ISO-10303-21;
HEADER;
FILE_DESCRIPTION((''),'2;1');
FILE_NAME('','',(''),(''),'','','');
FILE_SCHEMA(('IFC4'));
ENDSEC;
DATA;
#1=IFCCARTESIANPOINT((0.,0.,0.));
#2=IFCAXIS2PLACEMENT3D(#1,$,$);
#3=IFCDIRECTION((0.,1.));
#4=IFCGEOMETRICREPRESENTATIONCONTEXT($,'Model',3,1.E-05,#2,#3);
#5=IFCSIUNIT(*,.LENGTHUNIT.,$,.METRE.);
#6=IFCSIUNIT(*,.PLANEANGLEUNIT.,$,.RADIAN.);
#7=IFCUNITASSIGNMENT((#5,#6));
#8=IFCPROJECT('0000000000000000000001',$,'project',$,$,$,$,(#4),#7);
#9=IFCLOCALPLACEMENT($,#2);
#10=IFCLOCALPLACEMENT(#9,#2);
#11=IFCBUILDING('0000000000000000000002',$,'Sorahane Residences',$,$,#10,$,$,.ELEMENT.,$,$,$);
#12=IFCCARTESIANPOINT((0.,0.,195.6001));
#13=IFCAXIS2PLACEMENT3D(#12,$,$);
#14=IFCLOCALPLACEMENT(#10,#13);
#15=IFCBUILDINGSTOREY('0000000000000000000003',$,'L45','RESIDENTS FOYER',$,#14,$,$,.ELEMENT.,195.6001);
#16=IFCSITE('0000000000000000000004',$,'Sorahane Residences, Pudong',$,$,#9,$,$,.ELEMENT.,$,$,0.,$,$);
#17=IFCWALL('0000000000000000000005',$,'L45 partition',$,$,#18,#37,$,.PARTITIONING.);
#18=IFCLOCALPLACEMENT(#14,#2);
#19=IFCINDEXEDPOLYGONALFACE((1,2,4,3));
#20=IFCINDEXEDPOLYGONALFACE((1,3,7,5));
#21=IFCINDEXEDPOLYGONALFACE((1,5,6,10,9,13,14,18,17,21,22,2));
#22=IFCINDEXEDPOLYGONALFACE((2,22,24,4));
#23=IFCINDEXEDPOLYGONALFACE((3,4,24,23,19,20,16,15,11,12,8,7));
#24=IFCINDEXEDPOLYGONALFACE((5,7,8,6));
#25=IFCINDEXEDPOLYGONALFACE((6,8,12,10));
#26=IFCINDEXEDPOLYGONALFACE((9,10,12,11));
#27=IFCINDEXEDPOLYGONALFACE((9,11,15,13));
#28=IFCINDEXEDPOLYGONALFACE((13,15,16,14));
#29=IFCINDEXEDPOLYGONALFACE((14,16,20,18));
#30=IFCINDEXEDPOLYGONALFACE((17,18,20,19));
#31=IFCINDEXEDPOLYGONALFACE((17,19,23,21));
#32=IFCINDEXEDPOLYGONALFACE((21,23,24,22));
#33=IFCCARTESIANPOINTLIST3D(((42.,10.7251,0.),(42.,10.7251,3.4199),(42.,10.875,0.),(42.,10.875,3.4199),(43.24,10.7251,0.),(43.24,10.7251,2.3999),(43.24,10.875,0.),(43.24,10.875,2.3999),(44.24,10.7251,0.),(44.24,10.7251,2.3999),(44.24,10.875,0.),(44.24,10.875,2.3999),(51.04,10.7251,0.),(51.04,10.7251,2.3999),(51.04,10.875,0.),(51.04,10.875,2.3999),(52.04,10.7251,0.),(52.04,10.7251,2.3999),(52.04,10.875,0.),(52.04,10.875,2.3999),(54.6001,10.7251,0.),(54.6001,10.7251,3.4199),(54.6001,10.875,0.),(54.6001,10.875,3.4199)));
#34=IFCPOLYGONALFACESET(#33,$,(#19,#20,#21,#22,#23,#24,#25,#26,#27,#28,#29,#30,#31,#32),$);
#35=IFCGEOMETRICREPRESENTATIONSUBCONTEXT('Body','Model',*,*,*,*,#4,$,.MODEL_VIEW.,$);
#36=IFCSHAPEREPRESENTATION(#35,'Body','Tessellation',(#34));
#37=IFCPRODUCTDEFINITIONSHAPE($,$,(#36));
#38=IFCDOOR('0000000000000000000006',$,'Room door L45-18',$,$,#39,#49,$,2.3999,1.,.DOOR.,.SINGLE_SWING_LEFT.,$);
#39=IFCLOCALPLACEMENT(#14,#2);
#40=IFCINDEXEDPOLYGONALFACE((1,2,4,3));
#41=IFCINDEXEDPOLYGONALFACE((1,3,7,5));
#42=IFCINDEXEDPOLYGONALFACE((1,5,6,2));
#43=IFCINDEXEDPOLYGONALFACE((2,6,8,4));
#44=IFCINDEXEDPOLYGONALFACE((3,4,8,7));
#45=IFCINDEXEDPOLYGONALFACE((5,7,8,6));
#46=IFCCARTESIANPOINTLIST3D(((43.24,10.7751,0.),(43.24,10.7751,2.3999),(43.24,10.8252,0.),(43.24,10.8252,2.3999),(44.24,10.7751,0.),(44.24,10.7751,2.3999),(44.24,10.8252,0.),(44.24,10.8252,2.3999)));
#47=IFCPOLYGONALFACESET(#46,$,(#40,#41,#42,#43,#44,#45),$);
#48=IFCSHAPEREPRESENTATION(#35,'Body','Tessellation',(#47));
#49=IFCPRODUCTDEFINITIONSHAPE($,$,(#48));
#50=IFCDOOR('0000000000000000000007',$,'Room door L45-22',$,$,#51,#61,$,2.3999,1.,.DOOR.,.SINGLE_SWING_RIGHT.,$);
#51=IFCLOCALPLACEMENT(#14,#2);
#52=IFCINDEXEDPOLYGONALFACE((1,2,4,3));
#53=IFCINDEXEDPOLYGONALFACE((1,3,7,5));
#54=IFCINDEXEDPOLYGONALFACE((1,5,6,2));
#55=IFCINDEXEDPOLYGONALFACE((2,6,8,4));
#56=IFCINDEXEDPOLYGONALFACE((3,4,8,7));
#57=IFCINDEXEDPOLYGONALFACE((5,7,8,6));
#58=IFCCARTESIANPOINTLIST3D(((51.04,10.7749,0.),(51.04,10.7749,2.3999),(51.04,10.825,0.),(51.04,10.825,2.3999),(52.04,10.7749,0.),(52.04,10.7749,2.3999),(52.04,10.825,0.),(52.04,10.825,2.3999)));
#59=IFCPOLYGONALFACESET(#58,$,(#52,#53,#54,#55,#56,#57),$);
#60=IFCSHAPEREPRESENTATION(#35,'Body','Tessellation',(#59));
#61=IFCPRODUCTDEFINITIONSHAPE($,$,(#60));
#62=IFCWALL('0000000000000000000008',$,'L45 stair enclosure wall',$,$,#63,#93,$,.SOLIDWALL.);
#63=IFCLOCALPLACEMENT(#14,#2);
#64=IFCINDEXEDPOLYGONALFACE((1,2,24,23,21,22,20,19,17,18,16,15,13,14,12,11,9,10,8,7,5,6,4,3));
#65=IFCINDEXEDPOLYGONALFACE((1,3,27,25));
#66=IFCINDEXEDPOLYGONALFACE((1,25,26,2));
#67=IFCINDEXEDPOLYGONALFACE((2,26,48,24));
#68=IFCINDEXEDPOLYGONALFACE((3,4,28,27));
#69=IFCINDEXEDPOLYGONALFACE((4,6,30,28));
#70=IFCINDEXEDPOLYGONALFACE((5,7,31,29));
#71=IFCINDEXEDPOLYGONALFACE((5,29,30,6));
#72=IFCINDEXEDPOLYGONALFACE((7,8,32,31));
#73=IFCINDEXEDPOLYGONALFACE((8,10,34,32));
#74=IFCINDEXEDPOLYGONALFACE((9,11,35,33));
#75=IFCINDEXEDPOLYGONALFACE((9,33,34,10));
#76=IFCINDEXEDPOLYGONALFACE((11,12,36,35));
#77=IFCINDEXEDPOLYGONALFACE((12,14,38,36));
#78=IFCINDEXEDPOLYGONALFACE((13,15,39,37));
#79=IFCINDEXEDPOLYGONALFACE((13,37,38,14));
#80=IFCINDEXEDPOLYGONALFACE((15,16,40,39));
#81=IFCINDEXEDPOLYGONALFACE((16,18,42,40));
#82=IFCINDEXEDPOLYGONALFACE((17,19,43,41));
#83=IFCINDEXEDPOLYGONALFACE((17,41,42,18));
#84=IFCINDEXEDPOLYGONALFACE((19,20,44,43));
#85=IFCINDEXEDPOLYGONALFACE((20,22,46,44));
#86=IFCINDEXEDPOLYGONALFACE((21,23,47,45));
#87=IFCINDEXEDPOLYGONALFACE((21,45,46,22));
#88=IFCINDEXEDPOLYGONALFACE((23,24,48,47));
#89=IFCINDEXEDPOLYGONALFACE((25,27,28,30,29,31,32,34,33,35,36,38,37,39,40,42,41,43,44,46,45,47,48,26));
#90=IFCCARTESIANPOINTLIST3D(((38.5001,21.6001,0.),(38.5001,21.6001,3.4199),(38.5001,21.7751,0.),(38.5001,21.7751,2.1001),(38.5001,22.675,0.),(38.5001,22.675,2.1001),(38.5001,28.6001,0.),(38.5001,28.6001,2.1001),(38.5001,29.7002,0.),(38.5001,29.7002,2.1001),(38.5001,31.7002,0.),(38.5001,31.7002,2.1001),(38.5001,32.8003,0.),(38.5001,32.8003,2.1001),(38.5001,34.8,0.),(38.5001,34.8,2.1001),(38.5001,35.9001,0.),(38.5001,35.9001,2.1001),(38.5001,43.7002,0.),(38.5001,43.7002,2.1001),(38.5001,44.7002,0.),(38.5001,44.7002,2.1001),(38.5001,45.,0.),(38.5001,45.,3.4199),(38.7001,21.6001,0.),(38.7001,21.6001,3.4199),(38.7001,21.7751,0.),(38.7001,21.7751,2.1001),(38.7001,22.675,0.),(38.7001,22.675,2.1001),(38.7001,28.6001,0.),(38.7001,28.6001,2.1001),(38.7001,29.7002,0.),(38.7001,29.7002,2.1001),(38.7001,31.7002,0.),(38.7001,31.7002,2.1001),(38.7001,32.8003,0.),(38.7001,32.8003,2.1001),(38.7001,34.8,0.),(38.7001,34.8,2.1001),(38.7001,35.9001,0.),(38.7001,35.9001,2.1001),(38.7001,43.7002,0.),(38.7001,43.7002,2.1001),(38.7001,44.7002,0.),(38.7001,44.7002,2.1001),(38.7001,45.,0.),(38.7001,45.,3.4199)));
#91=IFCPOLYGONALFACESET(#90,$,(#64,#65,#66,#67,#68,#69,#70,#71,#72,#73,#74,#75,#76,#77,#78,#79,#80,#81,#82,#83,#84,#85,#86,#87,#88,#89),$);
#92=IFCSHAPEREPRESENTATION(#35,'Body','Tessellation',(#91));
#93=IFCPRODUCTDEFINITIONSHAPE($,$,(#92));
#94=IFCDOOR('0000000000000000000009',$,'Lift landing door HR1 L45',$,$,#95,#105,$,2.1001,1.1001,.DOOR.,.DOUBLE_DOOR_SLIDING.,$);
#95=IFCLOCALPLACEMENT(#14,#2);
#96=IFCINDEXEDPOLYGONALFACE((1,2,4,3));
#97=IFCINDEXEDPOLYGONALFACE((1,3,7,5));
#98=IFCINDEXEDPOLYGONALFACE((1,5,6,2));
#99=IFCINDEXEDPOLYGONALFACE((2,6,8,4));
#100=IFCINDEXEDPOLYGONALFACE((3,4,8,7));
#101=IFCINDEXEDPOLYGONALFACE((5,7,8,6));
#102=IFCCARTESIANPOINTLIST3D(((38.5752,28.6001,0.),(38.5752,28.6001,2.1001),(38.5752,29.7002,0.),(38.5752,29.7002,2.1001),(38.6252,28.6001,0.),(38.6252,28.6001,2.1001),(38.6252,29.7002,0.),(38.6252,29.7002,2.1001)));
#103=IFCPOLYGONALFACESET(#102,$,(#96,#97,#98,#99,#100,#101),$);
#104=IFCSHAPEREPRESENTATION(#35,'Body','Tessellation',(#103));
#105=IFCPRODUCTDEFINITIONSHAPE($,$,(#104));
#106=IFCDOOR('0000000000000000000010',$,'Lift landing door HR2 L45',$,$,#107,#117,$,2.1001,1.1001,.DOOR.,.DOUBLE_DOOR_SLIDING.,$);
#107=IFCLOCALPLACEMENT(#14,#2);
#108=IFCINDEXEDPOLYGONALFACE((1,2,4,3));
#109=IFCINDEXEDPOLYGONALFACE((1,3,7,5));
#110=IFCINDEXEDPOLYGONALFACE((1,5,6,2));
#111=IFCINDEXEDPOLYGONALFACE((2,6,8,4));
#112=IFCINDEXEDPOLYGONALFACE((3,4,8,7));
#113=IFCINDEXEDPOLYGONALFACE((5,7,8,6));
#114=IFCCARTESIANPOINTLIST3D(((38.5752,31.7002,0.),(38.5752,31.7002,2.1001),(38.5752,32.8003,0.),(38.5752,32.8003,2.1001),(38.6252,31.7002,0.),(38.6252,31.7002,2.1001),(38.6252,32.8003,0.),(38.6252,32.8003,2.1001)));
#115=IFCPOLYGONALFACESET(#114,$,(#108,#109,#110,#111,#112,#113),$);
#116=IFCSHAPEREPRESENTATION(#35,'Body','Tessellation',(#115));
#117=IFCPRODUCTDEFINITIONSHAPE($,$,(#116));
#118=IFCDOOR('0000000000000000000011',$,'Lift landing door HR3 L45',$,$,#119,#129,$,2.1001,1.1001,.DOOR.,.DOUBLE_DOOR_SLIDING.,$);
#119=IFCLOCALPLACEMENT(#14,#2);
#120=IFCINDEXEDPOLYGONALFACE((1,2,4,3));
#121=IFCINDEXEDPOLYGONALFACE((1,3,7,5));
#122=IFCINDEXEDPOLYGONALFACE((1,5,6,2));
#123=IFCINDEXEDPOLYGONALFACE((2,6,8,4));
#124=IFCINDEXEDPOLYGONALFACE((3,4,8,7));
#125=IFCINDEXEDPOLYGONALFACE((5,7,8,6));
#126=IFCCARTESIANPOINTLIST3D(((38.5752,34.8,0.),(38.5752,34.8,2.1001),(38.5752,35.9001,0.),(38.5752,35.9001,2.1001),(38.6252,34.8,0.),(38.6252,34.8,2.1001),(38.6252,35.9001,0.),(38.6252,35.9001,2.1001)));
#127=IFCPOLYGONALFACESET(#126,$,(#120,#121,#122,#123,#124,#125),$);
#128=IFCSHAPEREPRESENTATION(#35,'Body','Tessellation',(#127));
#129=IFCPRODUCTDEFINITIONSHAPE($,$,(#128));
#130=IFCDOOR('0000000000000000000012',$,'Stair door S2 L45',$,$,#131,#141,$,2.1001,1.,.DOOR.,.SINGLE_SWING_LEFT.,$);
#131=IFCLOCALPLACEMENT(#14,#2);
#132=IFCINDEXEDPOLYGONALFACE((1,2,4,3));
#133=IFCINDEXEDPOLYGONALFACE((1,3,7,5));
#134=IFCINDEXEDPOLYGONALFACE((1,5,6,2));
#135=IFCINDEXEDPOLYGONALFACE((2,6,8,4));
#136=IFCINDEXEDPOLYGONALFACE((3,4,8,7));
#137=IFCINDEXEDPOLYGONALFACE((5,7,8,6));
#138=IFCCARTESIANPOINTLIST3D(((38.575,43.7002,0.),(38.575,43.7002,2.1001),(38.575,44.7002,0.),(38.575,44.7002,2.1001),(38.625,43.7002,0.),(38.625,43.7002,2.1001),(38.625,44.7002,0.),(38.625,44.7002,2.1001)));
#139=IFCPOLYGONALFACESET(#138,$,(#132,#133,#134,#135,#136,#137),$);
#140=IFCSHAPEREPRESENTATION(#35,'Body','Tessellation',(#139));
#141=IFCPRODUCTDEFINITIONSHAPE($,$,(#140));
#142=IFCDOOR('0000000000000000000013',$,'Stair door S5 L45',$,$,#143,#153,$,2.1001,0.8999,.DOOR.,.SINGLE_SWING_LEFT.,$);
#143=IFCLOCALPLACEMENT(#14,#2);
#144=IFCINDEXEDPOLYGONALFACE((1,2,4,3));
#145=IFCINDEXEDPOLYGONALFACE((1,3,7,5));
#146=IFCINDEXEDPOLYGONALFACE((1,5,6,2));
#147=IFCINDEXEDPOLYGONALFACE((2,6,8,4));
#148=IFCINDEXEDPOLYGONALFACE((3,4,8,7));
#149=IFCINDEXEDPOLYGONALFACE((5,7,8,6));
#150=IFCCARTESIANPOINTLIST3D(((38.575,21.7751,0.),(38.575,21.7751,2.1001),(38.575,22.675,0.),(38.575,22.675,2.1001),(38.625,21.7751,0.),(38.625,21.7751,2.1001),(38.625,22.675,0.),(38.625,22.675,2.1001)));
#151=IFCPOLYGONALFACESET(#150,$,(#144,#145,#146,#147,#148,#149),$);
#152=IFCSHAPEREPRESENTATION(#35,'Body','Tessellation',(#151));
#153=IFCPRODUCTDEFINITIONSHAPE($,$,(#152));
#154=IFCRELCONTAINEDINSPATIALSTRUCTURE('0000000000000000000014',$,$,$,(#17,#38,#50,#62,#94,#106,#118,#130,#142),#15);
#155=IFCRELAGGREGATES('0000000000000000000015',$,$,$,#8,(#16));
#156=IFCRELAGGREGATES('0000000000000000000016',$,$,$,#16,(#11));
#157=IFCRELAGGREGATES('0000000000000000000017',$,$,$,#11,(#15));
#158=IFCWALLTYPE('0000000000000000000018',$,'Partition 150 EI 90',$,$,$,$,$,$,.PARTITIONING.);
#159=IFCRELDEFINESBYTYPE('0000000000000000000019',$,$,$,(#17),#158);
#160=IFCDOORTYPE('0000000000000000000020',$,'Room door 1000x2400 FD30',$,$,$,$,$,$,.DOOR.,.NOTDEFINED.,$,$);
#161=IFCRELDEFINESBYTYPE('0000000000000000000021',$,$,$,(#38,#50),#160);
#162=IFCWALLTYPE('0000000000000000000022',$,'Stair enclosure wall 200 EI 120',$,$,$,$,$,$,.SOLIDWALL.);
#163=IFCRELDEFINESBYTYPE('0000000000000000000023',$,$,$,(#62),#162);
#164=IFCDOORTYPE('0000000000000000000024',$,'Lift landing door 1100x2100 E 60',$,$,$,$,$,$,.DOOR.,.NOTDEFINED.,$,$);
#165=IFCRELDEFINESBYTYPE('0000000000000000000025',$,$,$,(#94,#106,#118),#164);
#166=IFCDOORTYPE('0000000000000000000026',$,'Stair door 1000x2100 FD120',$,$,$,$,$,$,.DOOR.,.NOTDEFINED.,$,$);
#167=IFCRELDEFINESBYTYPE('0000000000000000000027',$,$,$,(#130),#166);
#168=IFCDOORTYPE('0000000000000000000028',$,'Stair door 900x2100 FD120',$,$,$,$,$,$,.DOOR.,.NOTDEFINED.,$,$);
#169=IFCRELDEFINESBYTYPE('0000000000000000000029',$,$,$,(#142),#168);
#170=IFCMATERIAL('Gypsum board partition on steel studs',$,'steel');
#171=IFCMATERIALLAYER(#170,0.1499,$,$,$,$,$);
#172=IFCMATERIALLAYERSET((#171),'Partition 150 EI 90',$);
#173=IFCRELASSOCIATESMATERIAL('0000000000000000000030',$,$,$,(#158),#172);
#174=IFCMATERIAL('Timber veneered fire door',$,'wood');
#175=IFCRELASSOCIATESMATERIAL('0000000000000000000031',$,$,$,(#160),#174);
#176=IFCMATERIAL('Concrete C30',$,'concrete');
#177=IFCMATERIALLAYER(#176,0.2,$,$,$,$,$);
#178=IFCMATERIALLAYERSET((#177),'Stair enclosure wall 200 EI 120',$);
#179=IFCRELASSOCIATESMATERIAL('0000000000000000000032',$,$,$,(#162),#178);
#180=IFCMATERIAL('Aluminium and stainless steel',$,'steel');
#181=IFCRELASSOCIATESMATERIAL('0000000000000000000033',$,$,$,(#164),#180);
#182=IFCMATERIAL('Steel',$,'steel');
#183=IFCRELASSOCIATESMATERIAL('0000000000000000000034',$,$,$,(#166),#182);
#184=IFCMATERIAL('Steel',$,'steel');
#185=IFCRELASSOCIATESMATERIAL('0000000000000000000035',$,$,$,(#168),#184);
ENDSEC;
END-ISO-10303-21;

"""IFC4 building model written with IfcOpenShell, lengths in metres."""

from ifc_helpers import new_model, si_unit, direction, frame, frame_2d, origin, place, context, subcontext, project, spatial, rectangle, extrude, material, layer, layer_set, type_object, element, fill, save


model = new_model("IFC4")

# Units and contexts
model_context = context("Model", 3, precision=1e-05, world=origin(), true_north=direction((0.0, 1.0)))
body_context = subcontext(model_context, "Body", "Model", "MODEL_VIEW")
ifc_project = project(units=[si_unit("LENGTHUNIT", "METRE"), si_unit("PLANEANGLEUNIT", "RADIAN")], contexts=[model_context])

# Site, building, storey
site_placement = place(None, origin())
site = spatial("IfcSite", under=ifc_project, at=site_placement, Name="Sorahane Residences, Pudong", CompositionType="ELEMENT", RefElevation=0.0)
building_placement = place(site_placement, origin())
building = spatial("IfcBuilding", under=site, at=building_placement, Name="Sorahane Residences", CompositionType="ELEMENT")
storey_placement = place(building_placement, frame((0.0, 0.0, 195.6001)))
storey = spatial("IfcBuildingStorey", under=building, at=storey_placement, Name="L45", Description="RESIDENTS FOYER", CompositionType="ELEMENT", Elevation=195.6001)

# Walls, openings, doors
ifc_material_1 = material(Name="Gypsum board partition on steel studs", Category="steel")
ifc_layer_1 = layer(ifc_material_1, 0.1499)
ifc_layer_set_1 = layer_set([ifc_layer_1], Name="Partition 150 EI 90")
wall_type_1 = type_object("IfcWallType", Name="Partition 150 EI 90", PredefinedType="PARTITIONING", material=ifc_layer_set_1)
wall_1_placement = place(storey_placement, frame((42.0, 10.8, 0.0), z_axis=(0.0, 0.0, 1.0), x_axis=(1.0, 0.0, 0.0)))
wall_1 = element("IfcWall", 1, at=wall_1_placement, inside=storey, type_object=wall_type_1, Name="L45 partition", PredefinedType="PARTITIONING", context=body_context, shape_type="SweptSolid", body=[
    extrude(rectangle(XDim=12.6001, YDim=0.1499, at=frame_2d((6.3, 0.0))), origin(), (0.0, 0.0, 1.0), 3.4199),
])
opening_1_placement = place(wall_1_placement, frame((1.24, 0.0, 0.0)))
opening_1 = element("IfcOpeningElement", 2, at=opening_1_placement, cuts=wall_1, PredefinedType="OPENING", context=body_context, shape_type="SweptSolid", body=[
    extrude(rectangle(XDim=1.0, YDim=2.3999, at=frame_2d((0.5, 1.2))), frame((0.0, 0.085, 0.0), z_axis=(0.0, -1.0, 0.0), x_axis=(1.0, 0.0, 0.0)), (0.0, 0.0, 1.0), 0.1699),
])
opening_2_placement = place(wall_1_placement, frame((9.04, 0.0, 0.0)))
opening_2 = element("IfcOpeningElement", 3, at=opening_2_placement, cuts=wall_1, PredefinedType="OPENING", context=body_context, shape_type="SweptSolid", body=[
    extrude(rectangle(XDim=1.0, YDim=2.3999, at=frame_2d((0.5, 1.2))), frame((0.0, 0.085, 0.0), z_axis=(0.0, -1.0, 0.0), x_axis=(1.0, 0.0, 0.0)), (0.0, 0.0, 1.0), 0.1699),
])
ifc_material_2 = material(Name="Timber veneered fire door", Category="wood")
door_type_1 = type_object("IfcDoorType", Name="Room door 1000x2400 FD30", OperationType="NOTDEFINED", PredefinedType="DOOR", material=ifc_material_2)
door_1_placement = place(opening_1_placement, frame((1.0, 0.0, 0.0), z_axis=(0.0, 0.0, 1.0), x_axis=(-1.0, 0.0, 0.0)))
door_1 = element("IfcDoor", 4, at=door_1_placement, inside=storey, type_object=door_type_1, Name="Room door L45-18", OperationType="SINGLE_SWING_LEFT", OverallHeight=2.3999, OverallWidth=1.0, PredefinedType="DOOR", context=body_context, shape_type="SweptSolid", body=[
    extrude(rectangle(XDim=1.0, YDim=2.3999, at=frame_2d((0.5, 1.2))), frame((0.0, 0.0249, 0.0), z_axis=(0.0, -1.0, 0.0), x_axis=(1.0, 0.0, 0.0)), (0.0, 0.0, 1.0), 0.05),
])
fill(opening_1, door_1)
door_2_placement = place(opening_2_placement, origin())
door_2 = element("IfcDoor", 5, at=door_2_placement, inside=storey, type_object=door_type_1, Name="Room door L45-22", OperationType="SINGLE_SWING_RIGHT", OverallHeight=2.3999, OverallWidth=1.0, PredefinedType="DOOR", context=body_context, shape_type="SweptSolid", body=[
    extrude(rectangle(XDim=1.0, YDim=2.3999, at=frame_2d((0.5, 1.2))), frame((0.0, 0.0249, 0.0), z_axis=(0.0, -1.0, 0.0), x_axis=(1.0, 0.0, 0.0)), (0.0, 0.0, 1.0), 0.05),
])
fill(opening_2, door_2)
ifc_material_3 = material(Name="Concrete C30", Category="concrete")
ifc_layer_2 = layer(ifc_material_3, 0.2)
ifc_layer_set_2 = layer_set([ifc_layer_2], Name="Stair enclosure wall 200 EI 120")
wall_type_2 = type_object("IfcWallType", Name="Stair enclosure wall 200 EI 120", PredefinedType="SOLIDWALL", material=ifc_layer_set_2)
wall_2_placement = place(storey_placement, frame((38.6001, 21.6001, 0.0), z_axis=(0.0, 0.0, 1.0), x_axis=(0.0, 1.0, 0.0)))
wall_2 = element("IfcWall", 6, at=wall_2_placement, inside=storey, type_object=wall_type_2, Name="L45 stair enclosure wall", PredefinedType="SOLIDWALL", context=body_context, shape_type="SweptSolid", body=[
    extrude(rectangle(XDim=23.3999, YDim=0.2, at=frame_2d((11.7, 0.0))), origin(), (0.0, 0.0, 1.0), 3.4199),
])
opening_3_placement = place(wall_2_placement, frame((7.0, 0.0, 0.0)))
opening_3 = element("IfcOpeningElement", 7, at=opening_3_placement, cuts=wall_2, PredefinedType="OPENING", context=body_context, shape_type="SweptSolid", body=[
    extrude(rectangle(XDim=1.1001, YDim=2.1001, at=frame_2d((0.55, 1.05))), frame((0.0, 0.1099, 0.0), z_axis=(0.0, -1.0, 0.0), x_axis=(1.0, 0.0, 0.0)), (0.0, 0.0, 1.0), 0.22),
])
opening_4_placement = place(wall_2_placement, frame((10.1001, 0.0, 0.0)))
opening_4 = element("IfcOpeningElement", 8, at=opening_4_placement, cuts=wall_2, PredefinedType="OPENING", context=body_context, shape_type="SweptSolid", body=[
    extrude(rectangle(XDim=1.1001, YDim=2.1001, at=frame_2d((0.55, 1.05))), frame((0.0, 0.1099, 0.0), z_axis=(0.0, -1.0, 0.0), x_axis=(1.0, 0.0, 0.0)), (0.0, 0.0, 1.0), 0.22),
])
opening_5_placement = place(wall_2_placement, frame((13.2, 0.0, 0.0)))
opening_5 = element("IfcOpeningElement", 9, at=opening_5_placement, cuts=wall_2, PredefinedType="OPENING", context=body_context, shape_type="SweptSolid", body=[
    extrude(rectangle(XDim=1.1001, YDim=2.1001, at=frame_2d((0.55, 1.05))), frame((0.0, 0.1099, 0.0), z_axis=(0.0, -1.0, 0.0), x_axis=(1.0, 0.0, 0.0)), (0.0, 0.0, 1.0), 0.22),
])
opening_6_placement = place(wall_2_placement, frame((22.1001, 0.0, 0.0)))
opening_6 = element("IfcOpeningElement", 10, at=opening_6_placement, cuts=wall_2, PredefinedType="OPENING", context=body_context, shape_type="SweptSolid", body=[
    extrude(rectangle(XDim=1.0, YDim=2.1001, at=frame_2d((0.5, 1.05))), frame((0.0, 0.1099, 0.0), z_axis=(0.0, -1.0, 0.0), x_axis=(1.0, 0.0, 0.0)), (0.0, 0.0, 1.0), 0.22),
])
opening_7_placement = place(wall_2_placement, frame((0.175, 0.0, 0.0)))
opening_7 = element("IfcOpeningElement", 11, at=opening_7_placement, cuts=wall_2, PredefinedType="OPENING", context=body_context, shape_type="SweptSolid", body=[
    extrude(rectangle(XDim=0.8999, YDim=2.1001, at=frame_2d((0.45, 1.05))), frame((0.0, 0.1099, 0.0), z_axis=(0.0, -1.0, 0.0), x_axis=(1.0, 0.0, 0.0)), (0.0, 0.0, 1.0), 0.22),
])
ifc_material_4 = material(Name="Aluminium and stainless steel", Category="steel")
door_type_2 = type_object("IfcDoorType", Name="Lift landing door 1100x2100 E 60", OperationType="NOTDEFINED", PredefinedType="DOOR", material=ifc_material_4)
door_3_placement = place(opening_3_placement, origin())
door_3 = element("IfcDoor", 12, at=door_3_placement, inside=storey, type_object=door_type_2, Name="Lift landing door HR1 L45", OperationType="DOUBLE_DOOR_SLIDING", OverallHeight=2.1001, OverallWidth=1.1001, PredefinedType="DOOR", context=body_context, shape_type="SweptSolid", body=[
    extrude(rectangle(XDim=1.1001, YDim=2.1001, at=frame_2d((0.55, 1.05))), frame((0.0, 0.0249, 0.0), z_axis=(0.0, -1.0, 0.0), x_axis=(1.0, 0.0, 0.0)), (0.0, 0.0, 1.0), 0.05),
])
fill(opening_3, door_3)
door_4_placement = place(opening_4_placement, origin())
door_4 = element("IfcDoor", 13, at=door_4_placement, inside=storey, type_object=door_type_2, Name="Lift landing door HR2 L45", OperationType="DOUBLE_DOOR_SLIDING", OverallHeight=2.1001, OverallWidth=1.1001, PredefinedType="DOOR", context=body_context, shape_type="SweptSolid", body=[
    extrude(rectangle(XDim=1.1001, YDim=2.1001, at=frame_2d((0.55, 1.05))), frame((0.0, 0.0249, 0.0), z_axis=(0.0, -1.0, 0.0), x_axis=(1.0, 0.0, 0.0)), (0.0, 0.0, 1.0), 0.05),
])
fill(opening_4, door_4)
door_5_placement = place(opening_5_placement, origin())
door_5 = element("IfcDoor", 14, at=door_5_placement, inside=storey, type_object=door_type_2, Name="Lift landing door HR3 L45", OperationType="DOUBLE_DOOR_SLIDING", OverallHeight=2.1001, OverallWidth=1.1001, PredefinedType="DOOR", context=body_context, shape_type="SweptSolid", body=[
    extrude(rectangle(XDim=1.1001, YDim=2.1001, at=frame_2d((0.55, 1.05))), frame((0.0, 0.0249, 0.0), z_axis=(0.0, -1.0, 0.0), x_axis=(1.0, 0.0, 0.0)), (0.0, 0.0, 1.0), 0.05),
])
fill(opening_5, door_5)
ifc_material_5 = material(Name="Steel", Category="steel")
door_type_3 = type_object("IfcDoorType", Name="Stair door 1000x2100 FD120", OperationType="NOTDEFINED", PredefinedType="DOOR", material=ifc_material_5)
door_6_placement = place(opening_6_placement, frame((1.0, 0.0, 0.0), z_axis=(0.0, 0.0, 1.0), x_axis=(-1.0, 0.0, 0.0)))
door_6 = element("IfcDoor", 15, at=door_6_placement, inside=storey, type_object=door_type_3, Name="Stair door S2 L45", OperationType="SINGLE_SWING_LEFT", OverallHeight=2.1001, OverallWidth=1.0, PredefinedType="DOOR", context=body_context, shape_type="SweptSolid", body=[
    extrude(rectangle(XDim=1.0, YDim=2.1001, at=frame_2d((0.5, 1.05))), frame((0.0, 0.0249, 0.0), z_axis=(0.0, -1.0, 0.0), x_axis=(1.0, 0.0, 0.0)), (0.0, 0.0, 1.0), 0.05),
])
fill(opening_6, door_6)
ifc_material_6 = material(Name="Steel", Category="steel")
door_type_4 = type_object("IfcDoorType", Name="Stair door 900x2100 FD120", OperationType="NOTDEFINED", PredefinedType="DOOR", material=ifc_material_6)
door_7_placement = place(opening_7_placement, frame((0.8999, 0.0, 0.0), z_axis=(0.0, 0.0, 1.0), x_axis=(-1.0, 0.0, 0.0)))
door_7 = element("IfcDoor", 16, at=door_7_placement, inside=storey, type_object=door_type_4, Name="Stair door S5 L45", OperationType="SINGLE_SWING_LEFT", OverallHeight=2.1001, OverallWidth=0.8999, PredefinedType="DOOR", context=body_context, shape_type="SweptSolid", body=[
    extrude(rectangle(XDim=0.8999, YDim=2.1001, at=frame_2d((0.45, 1.05))), frame((0.0, 0.0249, 0.0), z_axis=(0.0, -1.0, 0.0), x_axis=(1.0, 0.0, 0.0)), (0.0, 0.0, 1.0), 0.05),
])
fill(opening_7, door_7)

save(model, "model.ifc")
